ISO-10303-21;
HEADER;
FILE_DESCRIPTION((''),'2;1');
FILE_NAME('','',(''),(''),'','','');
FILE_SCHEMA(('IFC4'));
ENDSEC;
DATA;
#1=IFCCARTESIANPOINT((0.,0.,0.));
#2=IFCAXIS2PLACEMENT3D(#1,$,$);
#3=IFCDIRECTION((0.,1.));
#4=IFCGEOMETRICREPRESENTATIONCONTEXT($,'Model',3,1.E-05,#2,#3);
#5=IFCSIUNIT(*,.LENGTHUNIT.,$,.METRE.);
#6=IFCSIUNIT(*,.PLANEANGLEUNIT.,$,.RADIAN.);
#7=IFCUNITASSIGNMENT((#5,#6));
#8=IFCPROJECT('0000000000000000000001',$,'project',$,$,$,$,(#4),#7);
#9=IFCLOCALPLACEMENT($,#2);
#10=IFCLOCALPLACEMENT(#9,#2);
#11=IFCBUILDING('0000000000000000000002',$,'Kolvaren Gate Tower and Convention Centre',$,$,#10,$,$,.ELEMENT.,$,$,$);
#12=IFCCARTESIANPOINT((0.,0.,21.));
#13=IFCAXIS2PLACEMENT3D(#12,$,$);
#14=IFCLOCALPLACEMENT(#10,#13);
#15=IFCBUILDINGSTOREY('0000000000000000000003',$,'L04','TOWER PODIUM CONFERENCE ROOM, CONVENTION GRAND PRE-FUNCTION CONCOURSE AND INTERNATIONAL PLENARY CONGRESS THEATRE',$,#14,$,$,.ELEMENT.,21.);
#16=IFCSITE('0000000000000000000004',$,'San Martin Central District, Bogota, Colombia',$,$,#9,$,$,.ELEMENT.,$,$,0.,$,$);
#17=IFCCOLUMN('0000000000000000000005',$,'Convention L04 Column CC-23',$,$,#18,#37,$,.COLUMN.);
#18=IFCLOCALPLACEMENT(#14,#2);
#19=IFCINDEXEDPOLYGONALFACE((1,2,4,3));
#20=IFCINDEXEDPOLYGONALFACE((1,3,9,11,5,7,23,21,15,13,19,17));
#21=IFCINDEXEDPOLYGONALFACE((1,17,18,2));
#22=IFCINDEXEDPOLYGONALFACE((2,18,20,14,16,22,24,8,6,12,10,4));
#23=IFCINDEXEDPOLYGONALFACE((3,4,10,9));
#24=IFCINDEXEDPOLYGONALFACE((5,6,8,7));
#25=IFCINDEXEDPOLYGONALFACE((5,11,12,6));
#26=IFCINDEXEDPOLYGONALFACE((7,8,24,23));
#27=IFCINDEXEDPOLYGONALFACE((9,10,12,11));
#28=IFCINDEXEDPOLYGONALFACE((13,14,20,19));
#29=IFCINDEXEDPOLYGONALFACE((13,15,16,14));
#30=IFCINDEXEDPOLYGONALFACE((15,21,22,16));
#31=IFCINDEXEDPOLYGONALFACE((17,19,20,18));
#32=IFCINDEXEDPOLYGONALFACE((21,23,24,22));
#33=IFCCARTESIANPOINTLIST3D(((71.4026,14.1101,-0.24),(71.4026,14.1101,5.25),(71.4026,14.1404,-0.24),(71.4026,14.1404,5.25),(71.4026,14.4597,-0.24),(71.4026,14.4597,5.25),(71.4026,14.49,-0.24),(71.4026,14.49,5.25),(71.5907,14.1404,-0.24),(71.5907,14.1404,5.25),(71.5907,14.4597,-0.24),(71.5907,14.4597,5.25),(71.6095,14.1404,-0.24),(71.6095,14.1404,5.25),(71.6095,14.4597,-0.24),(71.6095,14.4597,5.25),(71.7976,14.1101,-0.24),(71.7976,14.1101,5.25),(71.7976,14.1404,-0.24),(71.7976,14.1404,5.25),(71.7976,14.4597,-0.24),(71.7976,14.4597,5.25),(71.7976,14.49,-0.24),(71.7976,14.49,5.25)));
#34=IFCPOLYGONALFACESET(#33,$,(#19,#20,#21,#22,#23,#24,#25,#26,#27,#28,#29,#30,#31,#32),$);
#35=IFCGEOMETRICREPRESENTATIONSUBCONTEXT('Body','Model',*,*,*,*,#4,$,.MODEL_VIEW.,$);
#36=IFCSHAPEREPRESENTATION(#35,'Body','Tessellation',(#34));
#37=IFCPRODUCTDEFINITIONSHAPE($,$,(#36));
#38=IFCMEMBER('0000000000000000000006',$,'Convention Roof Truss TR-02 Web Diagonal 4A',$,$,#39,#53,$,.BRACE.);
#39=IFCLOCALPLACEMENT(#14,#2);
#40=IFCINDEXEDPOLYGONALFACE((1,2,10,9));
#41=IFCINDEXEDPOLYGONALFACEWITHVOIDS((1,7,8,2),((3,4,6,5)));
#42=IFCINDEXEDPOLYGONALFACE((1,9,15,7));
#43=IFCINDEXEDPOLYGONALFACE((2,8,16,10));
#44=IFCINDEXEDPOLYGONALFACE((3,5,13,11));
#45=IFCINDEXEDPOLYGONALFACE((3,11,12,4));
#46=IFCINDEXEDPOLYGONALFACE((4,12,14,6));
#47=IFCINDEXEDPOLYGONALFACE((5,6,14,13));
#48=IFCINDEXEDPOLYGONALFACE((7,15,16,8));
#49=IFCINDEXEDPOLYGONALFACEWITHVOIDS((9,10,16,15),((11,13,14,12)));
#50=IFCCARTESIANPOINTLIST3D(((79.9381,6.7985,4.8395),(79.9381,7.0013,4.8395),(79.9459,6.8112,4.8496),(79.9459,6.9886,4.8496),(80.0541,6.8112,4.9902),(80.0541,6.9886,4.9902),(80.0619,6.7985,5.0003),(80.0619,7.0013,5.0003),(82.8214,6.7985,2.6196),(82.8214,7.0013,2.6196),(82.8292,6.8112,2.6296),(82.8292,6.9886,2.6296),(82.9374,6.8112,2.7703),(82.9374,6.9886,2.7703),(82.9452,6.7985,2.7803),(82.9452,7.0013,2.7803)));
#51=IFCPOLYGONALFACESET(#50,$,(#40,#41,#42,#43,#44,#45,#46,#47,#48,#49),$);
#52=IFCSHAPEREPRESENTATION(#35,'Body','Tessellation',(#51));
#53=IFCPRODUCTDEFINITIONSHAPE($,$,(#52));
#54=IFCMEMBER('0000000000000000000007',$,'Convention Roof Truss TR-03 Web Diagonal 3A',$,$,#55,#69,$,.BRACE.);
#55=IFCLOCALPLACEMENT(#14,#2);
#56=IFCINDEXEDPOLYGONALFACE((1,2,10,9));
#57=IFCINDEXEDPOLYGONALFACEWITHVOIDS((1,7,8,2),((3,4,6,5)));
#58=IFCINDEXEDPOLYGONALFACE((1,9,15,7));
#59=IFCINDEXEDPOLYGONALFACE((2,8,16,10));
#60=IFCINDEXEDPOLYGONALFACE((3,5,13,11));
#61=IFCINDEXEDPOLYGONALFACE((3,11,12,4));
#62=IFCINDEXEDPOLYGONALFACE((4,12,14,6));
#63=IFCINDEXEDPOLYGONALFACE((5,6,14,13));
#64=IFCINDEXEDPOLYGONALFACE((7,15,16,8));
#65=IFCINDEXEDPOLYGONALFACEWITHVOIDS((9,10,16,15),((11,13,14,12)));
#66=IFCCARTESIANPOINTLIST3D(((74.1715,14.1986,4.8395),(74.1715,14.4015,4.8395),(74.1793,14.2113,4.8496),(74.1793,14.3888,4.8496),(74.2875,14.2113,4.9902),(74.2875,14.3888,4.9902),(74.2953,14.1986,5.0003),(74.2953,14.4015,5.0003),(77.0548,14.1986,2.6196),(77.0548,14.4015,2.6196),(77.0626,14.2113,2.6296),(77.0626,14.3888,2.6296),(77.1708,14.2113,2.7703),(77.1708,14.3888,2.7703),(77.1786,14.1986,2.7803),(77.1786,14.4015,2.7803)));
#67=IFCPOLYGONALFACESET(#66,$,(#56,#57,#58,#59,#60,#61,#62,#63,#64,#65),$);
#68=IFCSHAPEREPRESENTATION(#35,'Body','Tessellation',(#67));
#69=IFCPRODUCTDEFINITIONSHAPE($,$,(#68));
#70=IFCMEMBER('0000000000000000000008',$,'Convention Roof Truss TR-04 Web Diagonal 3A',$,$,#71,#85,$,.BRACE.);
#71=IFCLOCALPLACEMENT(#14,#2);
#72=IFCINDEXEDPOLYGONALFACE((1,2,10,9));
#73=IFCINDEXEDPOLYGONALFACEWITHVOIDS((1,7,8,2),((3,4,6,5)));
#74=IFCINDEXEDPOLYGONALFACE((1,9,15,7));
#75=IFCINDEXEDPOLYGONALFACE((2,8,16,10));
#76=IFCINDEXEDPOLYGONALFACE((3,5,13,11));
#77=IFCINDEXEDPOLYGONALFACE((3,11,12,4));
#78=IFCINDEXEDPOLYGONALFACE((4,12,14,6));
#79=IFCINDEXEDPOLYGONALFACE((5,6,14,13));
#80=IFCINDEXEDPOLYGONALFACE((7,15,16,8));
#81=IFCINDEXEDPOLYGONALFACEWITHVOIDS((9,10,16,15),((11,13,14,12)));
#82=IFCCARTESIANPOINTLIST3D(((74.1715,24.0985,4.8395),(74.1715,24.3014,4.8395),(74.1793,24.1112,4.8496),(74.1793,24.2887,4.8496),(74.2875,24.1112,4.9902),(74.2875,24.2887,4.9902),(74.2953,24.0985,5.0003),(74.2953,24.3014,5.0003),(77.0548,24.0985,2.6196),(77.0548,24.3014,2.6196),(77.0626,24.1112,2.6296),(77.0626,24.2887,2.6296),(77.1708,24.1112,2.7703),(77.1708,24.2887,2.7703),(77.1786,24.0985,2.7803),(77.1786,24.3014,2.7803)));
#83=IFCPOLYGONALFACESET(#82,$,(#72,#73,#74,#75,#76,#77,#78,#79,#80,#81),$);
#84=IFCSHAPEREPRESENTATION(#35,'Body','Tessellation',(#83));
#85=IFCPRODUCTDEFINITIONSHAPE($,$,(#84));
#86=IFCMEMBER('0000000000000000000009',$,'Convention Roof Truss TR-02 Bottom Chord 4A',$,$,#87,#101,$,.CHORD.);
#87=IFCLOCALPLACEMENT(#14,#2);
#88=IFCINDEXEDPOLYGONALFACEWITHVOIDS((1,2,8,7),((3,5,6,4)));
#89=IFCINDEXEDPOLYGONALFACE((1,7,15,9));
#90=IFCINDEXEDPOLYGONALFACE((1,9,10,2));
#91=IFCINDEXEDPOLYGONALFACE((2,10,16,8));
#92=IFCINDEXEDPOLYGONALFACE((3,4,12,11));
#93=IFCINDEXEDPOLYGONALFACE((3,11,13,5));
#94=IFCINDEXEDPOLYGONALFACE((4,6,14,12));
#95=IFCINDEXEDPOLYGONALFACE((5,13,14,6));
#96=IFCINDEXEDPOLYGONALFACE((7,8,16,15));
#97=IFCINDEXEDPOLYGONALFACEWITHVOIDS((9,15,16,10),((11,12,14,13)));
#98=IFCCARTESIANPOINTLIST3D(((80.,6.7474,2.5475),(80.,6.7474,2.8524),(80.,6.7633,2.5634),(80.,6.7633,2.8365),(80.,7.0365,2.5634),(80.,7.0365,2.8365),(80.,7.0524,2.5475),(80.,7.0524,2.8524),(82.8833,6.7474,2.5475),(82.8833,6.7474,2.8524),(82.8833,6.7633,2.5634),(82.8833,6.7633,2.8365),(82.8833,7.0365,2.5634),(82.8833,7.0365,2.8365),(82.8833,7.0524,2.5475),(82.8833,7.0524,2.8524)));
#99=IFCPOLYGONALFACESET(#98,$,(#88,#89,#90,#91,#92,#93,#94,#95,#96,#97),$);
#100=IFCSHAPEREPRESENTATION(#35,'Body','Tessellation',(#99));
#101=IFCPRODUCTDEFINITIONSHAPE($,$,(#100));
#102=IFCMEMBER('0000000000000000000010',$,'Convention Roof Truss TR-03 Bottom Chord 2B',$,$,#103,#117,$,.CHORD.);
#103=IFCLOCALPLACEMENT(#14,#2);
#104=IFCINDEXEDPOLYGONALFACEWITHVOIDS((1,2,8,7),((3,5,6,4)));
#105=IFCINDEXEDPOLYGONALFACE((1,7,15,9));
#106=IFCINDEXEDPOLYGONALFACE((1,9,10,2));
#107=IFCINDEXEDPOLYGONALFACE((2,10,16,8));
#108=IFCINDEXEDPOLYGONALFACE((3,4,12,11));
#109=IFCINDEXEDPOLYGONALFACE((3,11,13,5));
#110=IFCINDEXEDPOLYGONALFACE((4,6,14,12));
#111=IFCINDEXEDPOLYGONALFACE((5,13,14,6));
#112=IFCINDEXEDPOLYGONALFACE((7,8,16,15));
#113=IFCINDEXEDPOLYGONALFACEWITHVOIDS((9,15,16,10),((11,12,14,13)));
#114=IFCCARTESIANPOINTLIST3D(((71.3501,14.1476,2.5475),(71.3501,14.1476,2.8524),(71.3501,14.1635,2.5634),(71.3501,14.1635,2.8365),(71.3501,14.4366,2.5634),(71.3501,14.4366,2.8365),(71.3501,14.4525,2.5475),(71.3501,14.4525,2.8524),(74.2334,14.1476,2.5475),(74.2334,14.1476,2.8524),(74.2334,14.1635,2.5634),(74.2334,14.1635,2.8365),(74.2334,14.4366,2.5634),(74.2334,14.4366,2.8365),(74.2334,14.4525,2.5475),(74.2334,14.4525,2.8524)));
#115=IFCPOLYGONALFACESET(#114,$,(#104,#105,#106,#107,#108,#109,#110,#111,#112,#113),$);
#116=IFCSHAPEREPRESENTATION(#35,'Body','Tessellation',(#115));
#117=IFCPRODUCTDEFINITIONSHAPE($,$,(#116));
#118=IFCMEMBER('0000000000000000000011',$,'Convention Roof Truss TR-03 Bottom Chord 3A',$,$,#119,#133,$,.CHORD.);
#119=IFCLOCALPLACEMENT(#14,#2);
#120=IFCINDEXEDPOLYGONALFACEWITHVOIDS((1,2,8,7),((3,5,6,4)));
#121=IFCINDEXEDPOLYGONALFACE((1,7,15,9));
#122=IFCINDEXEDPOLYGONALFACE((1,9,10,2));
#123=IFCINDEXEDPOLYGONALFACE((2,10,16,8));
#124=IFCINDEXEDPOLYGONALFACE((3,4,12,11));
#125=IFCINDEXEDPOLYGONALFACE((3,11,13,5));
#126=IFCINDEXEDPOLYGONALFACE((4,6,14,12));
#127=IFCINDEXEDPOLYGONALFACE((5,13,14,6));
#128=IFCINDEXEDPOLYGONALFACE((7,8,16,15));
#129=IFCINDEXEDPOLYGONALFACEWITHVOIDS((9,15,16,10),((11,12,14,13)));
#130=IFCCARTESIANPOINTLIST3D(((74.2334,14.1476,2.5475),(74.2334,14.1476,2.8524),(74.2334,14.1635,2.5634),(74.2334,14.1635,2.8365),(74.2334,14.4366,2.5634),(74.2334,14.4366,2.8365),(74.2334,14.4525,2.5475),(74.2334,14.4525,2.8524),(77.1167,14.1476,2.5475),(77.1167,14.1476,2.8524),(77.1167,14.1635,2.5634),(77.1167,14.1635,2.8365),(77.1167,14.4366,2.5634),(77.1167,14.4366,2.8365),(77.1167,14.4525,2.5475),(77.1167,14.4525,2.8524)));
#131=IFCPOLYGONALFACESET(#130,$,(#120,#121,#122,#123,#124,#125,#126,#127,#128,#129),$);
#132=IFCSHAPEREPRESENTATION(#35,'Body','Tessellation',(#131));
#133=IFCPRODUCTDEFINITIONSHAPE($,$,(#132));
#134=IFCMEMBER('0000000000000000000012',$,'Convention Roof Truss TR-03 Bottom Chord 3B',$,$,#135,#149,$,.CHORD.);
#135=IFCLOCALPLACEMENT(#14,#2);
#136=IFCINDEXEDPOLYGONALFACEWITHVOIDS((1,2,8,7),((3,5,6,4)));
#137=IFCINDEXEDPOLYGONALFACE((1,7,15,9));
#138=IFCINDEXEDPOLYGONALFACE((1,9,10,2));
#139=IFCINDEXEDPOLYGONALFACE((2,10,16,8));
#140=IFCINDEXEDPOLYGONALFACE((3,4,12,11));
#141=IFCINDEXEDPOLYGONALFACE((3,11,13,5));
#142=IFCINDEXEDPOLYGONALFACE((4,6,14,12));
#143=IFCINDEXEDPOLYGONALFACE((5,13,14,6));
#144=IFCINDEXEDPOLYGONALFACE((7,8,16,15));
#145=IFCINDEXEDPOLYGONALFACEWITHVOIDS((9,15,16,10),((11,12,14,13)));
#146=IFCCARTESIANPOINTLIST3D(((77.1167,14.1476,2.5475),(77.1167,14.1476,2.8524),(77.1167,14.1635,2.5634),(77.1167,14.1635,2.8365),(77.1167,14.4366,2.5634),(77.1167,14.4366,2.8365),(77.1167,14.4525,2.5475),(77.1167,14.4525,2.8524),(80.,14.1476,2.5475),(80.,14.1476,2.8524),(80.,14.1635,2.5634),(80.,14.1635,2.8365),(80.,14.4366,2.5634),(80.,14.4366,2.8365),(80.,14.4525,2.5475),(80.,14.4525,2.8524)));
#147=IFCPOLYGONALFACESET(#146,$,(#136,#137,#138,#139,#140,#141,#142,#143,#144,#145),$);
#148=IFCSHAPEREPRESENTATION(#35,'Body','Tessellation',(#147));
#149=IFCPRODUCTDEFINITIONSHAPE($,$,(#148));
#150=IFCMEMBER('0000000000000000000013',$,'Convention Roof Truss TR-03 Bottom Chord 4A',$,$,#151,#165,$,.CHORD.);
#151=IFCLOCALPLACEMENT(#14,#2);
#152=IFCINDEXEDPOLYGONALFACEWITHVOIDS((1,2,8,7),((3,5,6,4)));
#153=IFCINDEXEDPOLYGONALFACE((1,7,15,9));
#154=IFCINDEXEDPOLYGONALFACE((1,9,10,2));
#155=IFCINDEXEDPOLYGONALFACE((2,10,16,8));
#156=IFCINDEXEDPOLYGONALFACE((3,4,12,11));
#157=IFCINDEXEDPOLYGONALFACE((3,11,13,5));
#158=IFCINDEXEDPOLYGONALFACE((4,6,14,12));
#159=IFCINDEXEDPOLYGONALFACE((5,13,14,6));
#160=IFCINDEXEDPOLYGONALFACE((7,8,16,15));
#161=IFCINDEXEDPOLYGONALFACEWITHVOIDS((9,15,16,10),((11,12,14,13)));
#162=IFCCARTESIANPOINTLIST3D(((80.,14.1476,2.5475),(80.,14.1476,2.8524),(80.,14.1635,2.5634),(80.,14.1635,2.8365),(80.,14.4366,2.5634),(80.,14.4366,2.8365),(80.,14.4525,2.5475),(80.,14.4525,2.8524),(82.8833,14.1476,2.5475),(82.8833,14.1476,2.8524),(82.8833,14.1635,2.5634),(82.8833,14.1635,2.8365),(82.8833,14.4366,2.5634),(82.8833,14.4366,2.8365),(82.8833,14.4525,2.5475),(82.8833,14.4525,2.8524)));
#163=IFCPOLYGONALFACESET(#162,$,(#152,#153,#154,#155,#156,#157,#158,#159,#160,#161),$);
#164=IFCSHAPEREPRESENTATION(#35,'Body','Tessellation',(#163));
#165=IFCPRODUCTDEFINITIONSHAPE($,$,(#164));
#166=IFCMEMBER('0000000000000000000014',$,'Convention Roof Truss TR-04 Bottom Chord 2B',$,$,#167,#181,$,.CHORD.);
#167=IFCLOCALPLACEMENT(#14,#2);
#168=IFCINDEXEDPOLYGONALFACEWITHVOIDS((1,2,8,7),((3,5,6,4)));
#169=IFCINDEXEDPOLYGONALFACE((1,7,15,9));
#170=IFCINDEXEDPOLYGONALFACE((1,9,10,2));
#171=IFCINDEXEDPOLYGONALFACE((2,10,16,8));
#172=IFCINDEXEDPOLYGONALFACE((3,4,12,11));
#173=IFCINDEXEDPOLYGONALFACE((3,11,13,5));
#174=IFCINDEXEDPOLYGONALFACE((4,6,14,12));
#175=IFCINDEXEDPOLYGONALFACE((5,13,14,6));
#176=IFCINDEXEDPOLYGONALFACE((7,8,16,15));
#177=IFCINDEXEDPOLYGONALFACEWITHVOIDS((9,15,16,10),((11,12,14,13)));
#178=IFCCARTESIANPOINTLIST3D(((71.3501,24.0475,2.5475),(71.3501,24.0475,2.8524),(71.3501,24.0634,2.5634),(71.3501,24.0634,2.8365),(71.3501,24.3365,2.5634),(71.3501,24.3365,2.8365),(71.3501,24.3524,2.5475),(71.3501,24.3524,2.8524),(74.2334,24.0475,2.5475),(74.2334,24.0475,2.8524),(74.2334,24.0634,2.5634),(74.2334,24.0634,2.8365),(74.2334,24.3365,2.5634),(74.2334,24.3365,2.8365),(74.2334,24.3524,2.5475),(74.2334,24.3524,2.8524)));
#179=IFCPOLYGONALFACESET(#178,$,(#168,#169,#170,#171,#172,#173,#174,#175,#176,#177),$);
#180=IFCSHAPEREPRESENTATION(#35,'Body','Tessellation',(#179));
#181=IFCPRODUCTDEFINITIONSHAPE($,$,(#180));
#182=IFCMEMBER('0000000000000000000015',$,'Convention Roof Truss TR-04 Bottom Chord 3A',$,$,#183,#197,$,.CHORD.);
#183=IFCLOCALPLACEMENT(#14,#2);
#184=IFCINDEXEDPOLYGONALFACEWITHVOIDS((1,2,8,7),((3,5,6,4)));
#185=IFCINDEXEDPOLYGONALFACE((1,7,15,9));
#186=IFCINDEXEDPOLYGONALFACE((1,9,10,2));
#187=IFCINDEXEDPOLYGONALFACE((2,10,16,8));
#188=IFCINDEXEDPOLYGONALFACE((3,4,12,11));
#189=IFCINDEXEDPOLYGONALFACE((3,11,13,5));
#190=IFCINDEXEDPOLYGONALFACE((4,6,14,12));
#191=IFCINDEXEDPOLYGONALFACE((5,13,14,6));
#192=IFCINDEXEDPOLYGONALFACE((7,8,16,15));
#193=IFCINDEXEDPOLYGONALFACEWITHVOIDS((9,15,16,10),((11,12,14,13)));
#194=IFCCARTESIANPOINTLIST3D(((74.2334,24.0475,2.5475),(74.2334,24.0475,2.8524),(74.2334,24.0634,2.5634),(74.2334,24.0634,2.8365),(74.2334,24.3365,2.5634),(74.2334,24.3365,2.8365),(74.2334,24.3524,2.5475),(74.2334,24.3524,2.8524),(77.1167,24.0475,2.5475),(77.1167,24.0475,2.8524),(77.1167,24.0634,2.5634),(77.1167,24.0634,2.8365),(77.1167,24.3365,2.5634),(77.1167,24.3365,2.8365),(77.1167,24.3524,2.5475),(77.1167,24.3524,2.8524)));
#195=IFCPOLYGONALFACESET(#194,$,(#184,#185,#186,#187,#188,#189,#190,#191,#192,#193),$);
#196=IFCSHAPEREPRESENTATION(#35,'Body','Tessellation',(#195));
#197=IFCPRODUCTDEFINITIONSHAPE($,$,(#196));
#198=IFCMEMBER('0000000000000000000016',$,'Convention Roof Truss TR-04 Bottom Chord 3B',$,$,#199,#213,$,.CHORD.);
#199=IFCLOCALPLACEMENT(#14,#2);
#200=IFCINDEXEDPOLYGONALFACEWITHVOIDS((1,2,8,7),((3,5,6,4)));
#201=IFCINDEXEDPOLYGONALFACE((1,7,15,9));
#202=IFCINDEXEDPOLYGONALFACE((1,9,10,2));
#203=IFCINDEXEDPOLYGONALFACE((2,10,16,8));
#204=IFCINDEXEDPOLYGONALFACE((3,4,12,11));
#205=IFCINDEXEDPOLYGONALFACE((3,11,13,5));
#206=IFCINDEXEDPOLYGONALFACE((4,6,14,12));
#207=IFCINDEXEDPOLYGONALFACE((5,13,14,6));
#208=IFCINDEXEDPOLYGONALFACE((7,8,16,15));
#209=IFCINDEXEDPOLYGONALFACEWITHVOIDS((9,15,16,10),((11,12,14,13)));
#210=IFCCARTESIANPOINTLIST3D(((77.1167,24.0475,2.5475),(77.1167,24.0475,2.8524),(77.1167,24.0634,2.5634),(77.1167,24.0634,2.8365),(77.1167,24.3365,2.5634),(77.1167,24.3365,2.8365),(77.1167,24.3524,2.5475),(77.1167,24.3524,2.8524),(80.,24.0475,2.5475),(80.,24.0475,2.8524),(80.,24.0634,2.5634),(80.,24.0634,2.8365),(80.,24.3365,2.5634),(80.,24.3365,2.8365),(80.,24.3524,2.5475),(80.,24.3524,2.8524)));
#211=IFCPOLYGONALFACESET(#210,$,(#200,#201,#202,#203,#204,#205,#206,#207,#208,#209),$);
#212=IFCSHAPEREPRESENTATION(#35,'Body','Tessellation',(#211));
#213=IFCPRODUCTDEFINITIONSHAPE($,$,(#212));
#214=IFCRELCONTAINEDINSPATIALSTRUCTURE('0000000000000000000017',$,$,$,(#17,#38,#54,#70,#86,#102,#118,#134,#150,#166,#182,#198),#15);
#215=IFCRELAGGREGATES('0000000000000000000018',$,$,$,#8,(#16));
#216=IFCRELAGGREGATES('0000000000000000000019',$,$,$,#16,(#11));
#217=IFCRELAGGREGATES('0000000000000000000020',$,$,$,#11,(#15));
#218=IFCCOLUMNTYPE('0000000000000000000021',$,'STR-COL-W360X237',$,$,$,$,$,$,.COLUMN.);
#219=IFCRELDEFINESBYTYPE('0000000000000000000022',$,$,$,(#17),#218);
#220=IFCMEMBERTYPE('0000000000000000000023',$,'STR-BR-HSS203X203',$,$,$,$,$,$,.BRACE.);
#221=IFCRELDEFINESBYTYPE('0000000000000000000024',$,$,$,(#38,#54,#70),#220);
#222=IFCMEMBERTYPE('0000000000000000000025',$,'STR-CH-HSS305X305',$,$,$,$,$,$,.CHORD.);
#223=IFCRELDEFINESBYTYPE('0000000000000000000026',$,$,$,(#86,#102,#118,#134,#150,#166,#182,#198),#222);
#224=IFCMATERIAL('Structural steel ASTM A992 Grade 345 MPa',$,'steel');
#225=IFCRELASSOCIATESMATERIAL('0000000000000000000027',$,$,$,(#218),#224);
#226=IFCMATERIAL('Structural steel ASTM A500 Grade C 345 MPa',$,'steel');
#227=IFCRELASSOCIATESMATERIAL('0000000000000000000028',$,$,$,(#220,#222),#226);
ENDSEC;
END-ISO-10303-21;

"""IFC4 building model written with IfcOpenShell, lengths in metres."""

from ifc_helpers import new_model, si_unit, direction, frame, origin, origin_2d, place, context, subcontext, project, spatial, hollow_rectangle, i_section, extrude, material, material_profile, profile_set, type_object, element, save


model = new_model("IFC4")

# Units and contexts
model_context = context("Model", 3, precision=1e-05, world=origin(), true_north=direction((0.0, 1.0)))
body_context = subcontext(model_context, "Body", "Model", "MODEL_VIEW")
ifc_project = project(units=[si_unit("LENGTHUNIT", "METRE"), si_unit("PLANEANGLEUNIT", "RADIAN")], contexts=[model_context])

# Site, building, storey
site_placement = place(None, origin())
site = spatial("IfcSite", under=ifc_project, at=site_placement, Name="San Martin Central District, Bogota, Colombia", CompositionType="ELEMENT", RefElevation=0.0)
building_placement = place(site_placement, origin())
building = spatial("IfcBuilding", under=site, at=building_placement, Name="Kolvaren Gate Tower and Convention Centre", CompositionType="ELEMENT")
storey_placement = place(building_placement, frame((0.0, 0.0, 21.0)))
storey = spatial("IfcBuildingStorey", under=building, at=storey_placement, Name="L04", Description="TOWER PODIUM CONFERENCE ROOM, CONVENTION GRAND PRE-FUNCTION CONCOURSE AND INTERNATIONAL PLENARY CONGRESS THEATRE", CompositionType="ELEMENT", Elevation=21.0)

# Column
ifc_material_1 = material(Name="Structural steel ASTM A992 Grade 345 MPa", Category="steel")
ifc_material_profile_1 = material_profile(ifc_material_1, i_section(OverallWidth=0.395, OverallDepth=0.3799, WebThickness=0.0188, FlangeThickness=0.0303, at=origin_2d()), Name="W360X237")
ifc_profile_set_1 = profile_set([ifc_material_profile_1], Name="Structural steel ASTM A992 Grade 345 MPa")
column_type = type_object("IfcColumnType", Name="STR-COL-W360X237", PredefinedType="COLUMN", material=ifc_profile_set_1)
column_placement = place(storey_placement, frame((71.6001, 14.3, -0.24), z_axis=(0.0, 0.0, 1.0), x_axis=(1.0, 0.0, 0.0)))
element("IfcColumn", 1, at=column_placement, inside=storey, type_object=column_type, Name="Convention L04 Column CC-23", PredefinedType="COLUMN", context=body_context, shape_type="SweptSolid", body=[
    extrude(i_section(OverallWidth=0.395, OverallDepth=0.3799, WebThickness=0.0188, FlangeThickness=0.0303, at=origin_2d()), origin(), (0.0, 0.0, 1.0), 5.49),
])

# Members
ifc_material_2 = material(Name="Structural steel ASTM A500 Grade C 345 MPa", Category="steel")
ifc_material_profile_2 = material_profile(ifc_material_2, hollow_rectangle(XDim=0.2029, YDim=0.2029, WallThickness=0.0127, at=origin_2d()), Name="HSS203X203X12.7")
ifc_profile_set_2 = profile_set([ifc_material_profile_2], Name="Structural steel ASTM A500 Grade C 345 MPa")
member_type_1 = type_object("IfcMemberType", Name="STR-BR-HSS203X203", PredefinedType="BRACE", material=ifc_profile_set_2)
for number, where, z_axis, x_axis, name in (
    (2, (80.0, 6.8999, 4.9199), (0.792352, 0.0, -0.610064), (0.0, 1.0, 0.0), "Convention Roof Truss TR-02 Web Diagonal 4A"),
    (3, (74.2334, 14.3, 4.9199), (0.792352, 0.0, -0.610064), (0.0, 1.0, 0.0), "Convention Roof Truss TR-03 Web Diagonal 3A"),
    (4, (74.2334, 24.2, 4.9199), (0.792352, 0.0, -0.610064), (0.0, 1.0, 0.0), "Convention Roof Truss TR-04 Web Diagonal 3A"),
):
    element("IfcMember", number, at=place(storey_placement, frame(where, z_axis=z_axis, x_axis=x_axis)), inside=storey, type_object=member_type_1, Name=name, PredefinedType="BRACE", context=body_context, shape_type="SweptSolid", body=[
        extrude(hollow_rectangle(XDim=0.2029, YDim=0.2029, WallThickness=0.0127, at=origin_2d()), origin(), (0.0, 0.0, 1.0), 3.6389),
    ])
ifc_material_profile_3 = material_profile(ifc_material_2, hollow_rectangle(XDim=0.3049, YDim=0.3049, WallThickness=0.0159, at=origin_2d()), Name="HSS305X305X15.9")
ifc_profile_set_3 = profile_set([ifc_material_profile_3], Name="Structural steel ASTM A500 Grade C 345 MPa")
member_type_2 = type_object("IfcMemberType", Name="STR-CH-HSS305X305", PredefinedType="CHORD", material=ifc_profile_set_3)
for number, where, z_axis, x_axis, name in (
    (5, (80.0, 6.8999, 2.7), (1.0, 0.0, 0.0), (0.0, 1.0, 0.0), "Convention Roof Truss TR-02 Bottom Chord 4A"),
    (6, (71.3501, 14.3, 2.7), (1.0, 0.0, 0.0), (0.0, 1.0, 0.0), "Convention Roof Truss TR-03 Bottom Chord 2B"),
    (7, (74.2334, 14.3, 2.7), (1.0, 0.0, 0.0), (0.0, 1.0, 0.0), "Convention Roof Truss TR-03 Bottom Chord 3A"),
    (8, (77.1167, 14.3, 2.7), (1.0, 0.0, 0.0), (0.0, 1.0, 0.0), "Convention Roof Truss TR-03 Bottom Chord 3B"),
    (9, (80.0, 14.3, 2.7), (1.0, 0.0, 0.0), (0.0, 1.0, 0.0), "Convention Roof Truss TR-03 Bottom Chord 4A"),
    (10, (71.3501, 24.2, 2.7), (1.0, 0.0, 0.0), (0.0, 1.0, 0.0), "Convention Roof Truss TR-04 Bottom Chord 2B"),
    (11, (74.2334, 24.2, 2.7), (1.0, 0.0, 0.0), (0.0, 1.0, 0.0), "Convention Roof Truss TR-04 Bottom Chord 3A"),
    (12, (77.1167, 24.2, 2.7), (1.0, 0.0, 0.0), (0.0, 1.0, 0.0), "Convention Roof Truss TR-04 Bottom Chord 3B"),
):
    element("IfcMember", number, at=place(storey_placement, frame(where, z_axis=z_axis, x_axis=x_axis)), inside=storey, type_object=member_type_2, Name=name, PredefinedType="CHORD", context=body_context, shape_type="SweptSolid", body=[
        extrude(hollow_rectangle(XDim=0.3049, YDim=0.3049, WallThickness=0.0159, at=origin_2d()), origin(), (0.0, 0.0, 1.0), 2.8833),
    ])

save(model, "model.ifc")
